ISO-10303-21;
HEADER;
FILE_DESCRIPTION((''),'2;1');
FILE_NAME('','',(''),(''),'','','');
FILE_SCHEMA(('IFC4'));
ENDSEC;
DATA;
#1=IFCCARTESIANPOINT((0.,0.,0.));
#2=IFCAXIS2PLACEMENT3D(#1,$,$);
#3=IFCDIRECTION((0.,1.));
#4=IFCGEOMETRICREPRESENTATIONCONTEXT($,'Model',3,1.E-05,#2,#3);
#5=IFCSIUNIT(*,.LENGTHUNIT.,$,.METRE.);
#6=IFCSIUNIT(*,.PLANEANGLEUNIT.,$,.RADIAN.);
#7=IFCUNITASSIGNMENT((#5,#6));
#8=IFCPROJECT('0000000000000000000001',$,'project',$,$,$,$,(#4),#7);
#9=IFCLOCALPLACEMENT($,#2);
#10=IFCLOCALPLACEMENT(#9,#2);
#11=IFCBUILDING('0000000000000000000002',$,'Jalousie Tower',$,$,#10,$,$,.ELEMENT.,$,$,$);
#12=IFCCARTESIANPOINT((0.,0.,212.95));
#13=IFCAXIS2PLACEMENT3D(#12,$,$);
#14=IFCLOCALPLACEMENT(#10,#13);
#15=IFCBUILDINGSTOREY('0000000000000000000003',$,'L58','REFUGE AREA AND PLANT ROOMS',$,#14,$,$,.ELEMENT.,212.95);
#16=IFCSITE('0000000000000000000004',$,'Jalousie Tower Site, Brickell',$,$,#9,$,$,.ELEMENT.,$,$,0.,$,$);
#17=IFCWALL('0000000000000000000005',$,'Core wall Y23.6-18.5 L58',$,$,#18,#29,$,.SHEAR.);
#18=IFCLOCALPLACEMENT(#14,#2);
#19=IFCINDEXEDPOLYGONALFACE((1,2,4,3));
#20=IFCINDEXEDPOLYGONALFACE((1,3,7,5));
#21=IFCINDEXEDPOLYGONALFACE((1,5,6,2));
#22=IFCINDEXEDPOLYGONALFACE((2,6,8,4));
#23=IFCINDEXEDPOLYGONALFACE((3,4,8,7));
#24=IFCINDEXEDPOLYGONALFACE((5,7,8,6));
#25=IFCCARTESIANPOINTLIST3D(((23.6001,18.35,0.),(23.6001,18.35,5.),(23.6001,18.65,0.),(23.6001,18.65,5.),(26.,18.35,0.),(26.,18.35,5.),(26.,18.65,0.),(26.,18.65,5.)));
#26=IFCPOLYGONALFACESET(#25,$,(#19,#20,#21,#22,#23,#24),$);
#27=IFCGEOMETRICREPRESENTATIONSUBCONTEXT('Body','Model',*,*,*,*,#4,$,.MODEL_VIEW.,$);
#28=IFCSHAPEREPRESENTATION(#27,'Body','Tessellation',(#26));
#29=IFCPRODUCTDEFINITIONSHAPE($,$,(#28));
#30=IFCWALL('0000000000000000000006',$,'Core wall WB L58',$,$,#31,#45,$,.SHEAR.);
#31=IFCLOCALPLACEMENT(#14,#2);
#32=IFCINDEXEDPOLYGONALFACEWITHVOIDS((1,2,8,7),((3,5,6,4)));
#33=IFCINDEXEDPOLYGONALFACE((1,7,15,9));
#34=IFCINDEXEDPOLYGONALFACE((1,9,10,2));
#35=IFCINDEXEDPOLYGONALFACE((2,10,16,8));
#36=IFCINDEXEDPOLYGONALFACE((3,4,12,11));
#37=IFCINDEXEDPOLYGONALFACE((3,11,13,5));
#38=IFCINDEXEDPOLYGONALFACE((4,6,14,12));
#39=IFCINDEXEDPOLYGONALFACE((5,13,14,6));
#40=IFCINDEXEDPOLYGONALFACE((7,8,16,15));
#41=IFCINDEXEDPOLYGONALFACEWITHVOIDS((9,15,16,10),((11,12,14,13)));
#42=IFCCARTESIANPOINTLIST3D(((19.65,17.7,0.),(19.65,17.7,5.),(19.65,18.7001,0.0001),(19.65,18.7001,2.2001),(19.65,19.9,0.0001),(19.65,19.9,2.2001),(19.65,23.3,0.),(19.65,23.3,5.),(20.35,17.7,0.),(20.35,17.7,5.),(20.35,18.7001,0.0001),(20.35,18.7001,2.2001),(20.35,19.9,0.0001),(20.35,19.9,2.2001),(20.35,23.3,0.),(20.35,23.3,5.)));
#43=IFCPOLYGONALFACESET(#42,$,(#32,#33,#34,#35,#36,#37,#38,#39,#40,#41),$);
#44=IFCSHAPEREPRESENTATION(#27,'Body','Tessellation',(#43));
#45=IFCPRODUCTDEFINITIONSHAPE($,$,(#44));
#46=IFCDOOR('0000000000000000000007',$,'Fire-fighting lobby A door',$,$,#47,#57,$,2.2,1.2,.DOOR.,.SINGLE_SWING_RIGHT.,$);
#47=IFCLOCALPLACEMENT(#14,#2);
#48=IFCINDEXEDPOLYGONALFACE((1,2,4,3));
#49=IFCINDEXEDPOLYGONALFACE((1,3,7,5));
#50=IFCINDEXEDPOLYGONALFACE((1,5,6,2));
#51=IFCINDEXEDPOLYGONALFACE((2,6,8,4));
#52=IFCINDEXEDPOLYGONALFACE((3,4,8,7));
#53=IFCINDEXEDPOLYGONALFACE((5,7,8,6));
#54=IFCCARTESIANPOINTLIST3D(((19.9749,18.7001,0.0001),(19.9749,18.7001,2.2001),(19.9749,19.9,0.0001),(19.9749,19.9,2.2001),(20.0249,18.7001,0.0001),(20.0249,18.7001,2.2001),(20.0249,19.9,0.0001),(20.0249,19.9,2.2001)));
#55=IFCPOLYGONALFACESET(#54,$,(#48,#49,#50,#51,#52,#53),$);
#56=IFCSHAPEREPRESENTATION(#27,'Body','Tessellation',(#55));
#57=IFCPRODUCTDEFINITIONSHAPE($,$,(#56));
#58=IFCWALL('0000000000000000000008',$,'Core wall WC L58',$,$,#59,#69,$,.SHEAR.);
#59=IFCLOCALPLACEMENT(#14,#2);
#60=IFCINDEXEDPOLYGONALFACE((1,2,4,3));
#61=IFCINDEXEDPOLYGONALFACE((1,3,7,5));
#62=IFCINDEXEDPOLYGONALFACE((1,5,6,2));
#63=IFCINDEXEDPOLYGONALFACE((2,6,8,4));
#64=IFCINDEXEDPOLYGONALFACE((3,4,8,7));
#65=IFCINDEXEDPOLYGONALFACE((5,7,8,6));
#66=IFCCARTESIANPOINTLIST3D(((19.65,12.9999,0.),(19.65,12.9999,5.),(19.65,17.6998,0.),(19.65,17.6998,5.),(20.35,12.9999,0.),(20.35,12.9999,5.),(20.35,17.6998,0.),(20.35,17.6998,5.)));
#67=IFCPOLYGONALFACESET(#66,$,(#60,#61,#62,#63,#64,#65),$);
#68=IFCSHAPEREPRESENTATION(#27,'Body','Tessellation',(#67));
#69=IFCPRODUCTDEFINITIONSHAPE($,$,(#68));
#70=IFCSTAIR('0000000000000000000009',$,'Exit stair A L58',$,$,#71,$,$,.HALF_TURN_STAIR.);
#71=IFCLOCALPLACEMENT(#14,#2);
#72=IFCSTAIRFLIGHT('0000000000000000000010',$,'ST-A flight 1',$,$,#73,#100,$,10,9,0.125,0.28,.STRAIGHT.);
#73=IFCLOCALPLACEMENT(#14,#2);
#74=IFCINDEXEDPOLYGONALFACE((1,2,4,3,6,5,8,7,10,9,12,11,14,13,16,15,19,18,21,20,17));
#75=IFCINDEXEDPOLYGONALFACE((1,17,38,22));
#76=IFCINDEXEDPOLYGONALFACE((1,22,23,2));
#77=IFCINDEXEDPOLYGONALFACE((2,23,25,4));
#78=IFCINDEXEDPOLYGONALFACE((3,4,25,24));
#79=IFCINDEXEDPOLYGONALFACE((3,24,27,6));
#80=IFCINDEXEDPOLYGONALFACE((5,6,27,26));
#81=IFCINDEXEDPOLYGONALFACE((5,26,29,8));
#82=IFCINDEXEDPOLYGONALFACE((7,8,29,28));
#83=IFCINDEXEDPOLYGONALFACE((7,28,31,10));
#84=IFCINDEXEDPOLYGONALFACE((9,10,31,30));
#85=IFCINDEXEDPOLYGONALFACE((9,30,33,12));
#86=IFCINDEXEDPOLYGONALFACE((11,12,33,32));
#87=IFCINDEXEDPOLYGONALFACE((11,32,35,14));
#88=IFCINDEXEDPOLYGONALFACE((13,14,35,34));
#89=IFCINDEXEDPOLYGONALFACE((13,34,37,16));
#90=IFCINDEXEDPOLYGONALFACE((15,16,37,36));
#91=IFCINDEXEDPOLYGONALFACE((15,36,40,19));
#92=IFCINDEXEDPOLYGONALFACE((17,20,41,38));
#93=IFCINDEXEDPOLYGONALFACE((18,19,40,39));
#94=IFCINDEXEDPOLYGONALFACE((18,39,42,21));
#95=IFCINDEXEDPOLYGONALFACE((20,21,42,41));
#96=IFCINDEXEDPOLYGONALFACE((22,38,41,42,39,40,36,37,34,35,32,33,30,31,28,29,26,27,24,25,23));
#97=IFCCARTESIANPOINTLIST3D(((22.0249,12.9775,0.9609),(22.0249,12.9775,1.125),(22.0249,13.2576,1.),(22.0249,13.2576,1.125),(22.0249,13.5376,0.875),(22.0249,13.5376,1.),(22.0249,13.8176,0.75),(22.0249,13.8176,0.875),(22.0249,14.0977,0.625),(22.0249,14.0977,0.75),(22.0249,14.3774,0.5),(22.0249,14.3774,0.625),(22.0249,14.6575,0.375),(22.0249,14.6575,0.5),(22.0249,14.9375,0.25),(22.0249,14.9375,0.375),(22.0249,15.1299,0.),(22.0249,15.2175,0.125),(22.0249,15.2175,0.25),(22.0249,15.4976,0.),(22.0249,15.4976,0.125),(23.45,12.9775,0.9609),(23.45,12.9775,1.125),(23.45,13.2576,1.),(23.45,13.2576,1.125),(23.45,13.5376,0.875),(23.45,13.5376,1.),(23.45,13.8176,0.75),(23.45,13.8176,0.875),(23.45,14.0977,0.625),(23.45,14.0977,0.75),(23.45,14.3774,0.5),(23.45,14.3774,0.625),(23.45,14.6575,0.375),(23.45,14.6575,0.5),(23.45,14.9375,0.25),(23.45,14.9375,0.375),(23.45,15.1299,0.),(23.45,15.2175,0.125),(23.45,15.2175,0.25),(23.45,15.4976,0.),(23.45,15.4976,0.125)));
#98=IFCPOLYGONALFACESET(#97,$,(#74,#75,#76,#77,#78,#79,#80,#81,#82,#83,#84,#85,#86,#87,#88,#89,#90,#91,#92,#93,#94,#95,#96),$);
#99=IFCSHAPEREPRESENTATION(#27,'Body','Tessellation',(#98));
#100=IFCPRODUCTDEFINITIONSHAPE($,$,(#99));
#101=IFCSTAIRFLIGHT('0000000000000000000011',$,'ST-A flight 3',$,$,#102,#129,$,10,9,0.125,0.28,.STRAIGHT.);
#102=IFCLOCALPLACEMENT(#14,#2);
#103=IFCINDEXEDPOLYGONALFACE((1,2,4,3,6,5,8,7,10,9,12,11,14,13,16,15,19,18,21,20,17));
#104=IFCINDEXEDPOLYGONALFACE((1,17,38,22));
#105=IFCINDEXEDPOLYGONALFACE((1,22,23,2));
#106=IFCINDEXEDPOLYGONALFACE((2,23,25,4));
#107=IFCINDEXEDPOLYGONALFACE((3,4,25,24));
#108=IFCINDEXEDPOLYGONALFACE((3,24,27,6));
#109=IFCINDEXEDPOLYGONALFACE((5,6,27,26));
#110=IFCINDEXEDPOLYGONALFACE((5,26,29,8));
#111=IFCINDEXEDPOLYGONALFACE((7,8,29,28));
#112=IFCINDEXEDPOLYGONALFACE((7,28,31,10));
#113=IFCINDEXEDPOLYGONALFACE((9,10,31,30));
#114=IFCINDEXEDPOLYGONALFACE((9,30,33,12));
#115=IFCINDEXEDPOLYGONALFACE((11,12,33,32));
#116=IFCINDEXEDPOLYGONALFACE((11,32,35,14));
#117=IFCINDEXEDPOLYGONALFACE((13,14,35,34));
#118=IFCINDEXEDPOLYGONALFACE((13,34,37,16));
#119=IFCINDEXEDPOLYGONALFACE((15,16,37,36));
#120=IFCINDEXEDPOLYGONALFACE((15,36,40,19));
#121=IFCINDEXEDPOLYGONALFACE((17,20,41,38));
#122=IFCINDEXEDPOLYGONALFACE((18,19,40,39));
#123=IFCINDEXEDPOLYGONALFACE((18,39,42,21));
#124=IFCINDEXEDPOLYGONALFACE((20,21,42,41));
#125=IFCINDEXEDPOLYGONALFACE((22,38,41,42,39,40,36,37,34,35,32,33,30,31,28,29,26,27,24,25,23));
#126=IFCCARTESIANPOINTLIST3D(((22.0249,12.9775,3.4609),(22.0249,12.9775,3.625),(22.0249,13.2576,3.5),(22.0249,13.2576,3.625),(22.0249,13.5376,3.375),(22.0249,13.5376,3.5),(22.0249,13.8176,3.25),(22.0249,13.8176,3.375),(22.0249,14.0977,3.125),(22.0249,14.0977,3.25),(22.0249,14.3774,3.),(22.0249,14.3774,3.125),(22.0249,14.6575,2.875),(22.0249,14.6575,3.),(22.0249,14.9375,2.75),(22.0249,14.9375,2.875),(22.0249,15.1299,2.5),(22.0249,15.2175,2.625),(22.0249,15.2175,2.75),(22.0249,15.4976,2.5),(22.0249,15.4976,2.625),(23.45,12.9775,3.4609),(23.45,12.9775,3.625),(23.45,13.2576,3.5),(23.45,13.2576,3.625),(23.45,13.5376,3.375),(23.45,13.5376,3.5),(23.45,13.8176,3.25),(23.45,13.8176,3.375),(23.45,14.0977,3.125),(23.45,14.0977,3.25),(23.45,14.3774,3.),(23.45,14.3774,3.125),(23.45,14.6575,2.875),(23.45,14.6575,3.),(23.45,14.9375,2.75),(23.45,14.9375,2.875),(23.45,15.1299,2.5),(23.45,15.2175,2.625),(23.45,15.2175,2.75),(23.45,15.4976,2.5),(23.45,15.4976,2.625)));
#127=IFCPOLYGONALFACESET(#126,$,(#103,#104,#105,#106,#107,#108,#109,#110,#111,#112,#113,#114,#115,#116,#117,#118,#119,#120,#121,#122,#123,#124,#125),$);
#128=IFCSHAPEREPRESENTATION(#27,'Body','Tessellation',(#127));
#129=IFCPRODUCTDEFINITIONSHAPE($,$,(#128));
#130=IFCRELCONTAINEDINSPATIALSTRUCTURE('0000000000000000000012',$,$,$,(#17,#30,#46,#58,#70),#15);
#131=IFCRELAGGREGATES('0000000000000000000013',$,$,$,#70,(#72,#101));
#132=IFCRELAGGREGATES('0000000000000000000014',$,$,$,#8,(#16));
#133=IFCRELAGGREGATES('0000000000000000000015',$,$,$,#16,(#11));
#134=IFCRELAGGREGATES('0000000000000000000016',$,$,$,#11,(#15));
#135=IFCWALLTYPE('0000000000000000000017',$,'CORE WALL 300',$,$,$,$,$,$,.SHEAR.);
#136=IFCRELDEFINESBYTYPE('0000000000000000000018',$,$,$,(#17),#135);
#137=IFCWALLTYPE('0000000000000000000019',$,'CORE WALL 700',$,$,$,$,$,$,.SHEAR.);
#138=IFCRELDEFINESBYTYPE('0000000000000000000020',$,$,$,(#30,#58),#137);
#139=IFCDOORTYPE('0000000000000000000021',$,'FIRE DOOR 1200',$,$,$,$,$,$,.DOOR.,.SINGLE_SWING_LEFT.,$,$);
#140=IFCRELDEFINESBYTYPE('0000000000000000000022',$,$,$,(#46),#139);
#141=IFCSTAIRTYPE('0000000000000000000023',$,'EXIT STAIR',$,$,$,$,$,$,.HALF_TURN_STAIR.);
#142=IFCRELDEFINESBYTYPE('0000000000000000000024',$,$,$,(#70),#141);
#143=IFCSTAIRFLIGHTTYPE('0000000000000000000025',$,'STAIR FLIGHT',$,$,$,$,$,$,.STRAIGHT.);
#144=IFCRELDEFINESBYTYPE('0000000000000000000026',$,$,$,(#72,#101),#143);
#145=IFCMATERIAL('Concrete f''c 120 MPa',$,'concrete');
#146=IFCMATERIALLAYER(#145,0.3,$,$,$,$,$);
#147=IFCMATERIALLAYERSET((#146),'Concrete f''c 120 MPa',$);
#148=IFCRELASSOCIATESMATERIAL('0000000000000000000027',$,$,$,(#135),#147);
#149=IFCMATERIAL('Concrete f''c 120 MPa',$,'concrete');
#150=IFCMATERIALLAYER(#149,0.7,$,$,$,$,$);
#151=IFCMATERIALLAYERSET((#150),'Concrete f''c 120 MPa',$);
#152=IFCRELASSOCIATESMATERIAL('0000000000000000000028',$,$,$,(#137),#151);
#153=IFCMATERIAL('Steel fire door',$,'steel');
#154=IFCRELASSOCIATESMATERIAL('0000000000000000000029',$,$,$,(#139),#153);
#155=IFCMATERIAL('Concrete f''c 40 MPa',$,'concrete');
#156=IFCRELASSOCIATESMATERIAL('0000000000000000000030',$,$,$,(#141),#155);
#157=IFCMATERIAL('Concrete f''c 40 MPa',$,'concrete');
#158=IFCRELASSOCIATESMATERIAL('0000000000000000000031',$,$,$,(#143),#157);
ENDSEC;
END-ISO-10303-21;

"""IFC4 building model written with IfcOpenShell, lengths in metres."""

from ifc_helpers import new_model, si_unit, direction, frame, frame_2d, origin, place, context, subcontext, project, spatial, polyline, rectangle, outline, extrude, material, layer, layer_set, type_object, element, fill, aggregate, save


model = new_model("IFC4")

# Units and contexts
model_context = context("Model", 3, precision=1e-05, world=origin(), true_north=direction((0.0, 1.0)))
body_context = subcontext(model_context, "Body", "Model", "MODEL_VIEW")
ifc_project = project(units=[si_unit("LENGTHUNIT", "METRE"), si_unit("PLANEANGLEUNIT", "RADIAN")], contexts=[model_context])

# Site, building, storey
site_placement = place(None, origin())
site = spatial("IfcSite", under=ifc_project, at=site_placement, Name="Jalousie Tower Site, Brickell", CompositionType="ELEMENT", RefElevation=0.0)
building_placement = place(site_placement, origin())
building = spatial("IfcBuilding", under=site, at=building_placement, Name="Jalousie Tower", CompositionType="ELEMENT")
storey_placement = place(building_placement, frame((0.0, 0.0, 212.95)))
storey = spatial("IfcBuildingStorey", under=building, at=storey_placement, Name="L58", Description="REFUGE AREA AND PLANT ROOMS", CompositionType="ELEMENT", Elevation=212.95)

# Shared definitions
ifc_material_1 = material(Name="Concrete f'c 120 MPa", Category="concrete")
ifc_layer_1 = layer(ifc_material_1, 0.3)
ifc_layer_set_1 = layer_set([ifc_layer_1], Name="Concrete f'c 120 MPa")
wall_type_1 = type_object("IfcWallType", Name="CORE WALL 300", PredefinedType="SHEAR", material=ifc_layer_set_1)

# Wall
wall_1_placement = place(storey_placement, frame((23.6001, 18.5, 0.0), z_axis=(0.0, 0.0, 1.0), x_axis=(1.0, 0.0, 0.0)))
element("IfcWall", 1, at=wall_1_placement, inside=storey, type_object=wall_type_1, Name="Core wall Y23.6-18.5 L58", PredefinedType="SHEAR", context=body_context, shape_type="SweptSolid", body=[
    extrude(rectangle(XDim=2.3999, YDim=0.3, at=frame_2d((1.2, 0.0))), origin(), (0.0, 0.0, 1.0), 5.0),
])

# Wall, opening, door
ifc_material_2 = material(Name="Concrete f'c 120 MPa", Category="concrete")
ifc_layer_2 = layer(ifc_material_2, 0.7)
ifc_layer_set_2 = layer_set([ifc_layer_2], Name="Concrete f'c 120 MPa")
wall_type_2 = type_object("IfcWallType", Name="CORE WALL 700", PredefinedType="SHEAR", material=ifc_layer_set_2)
wall_2_placement = place(storey_placement, frame((20.0, 23.3, 0.0), z_axis=(0.0, 0.0, 1.0), x_axis=(0.0, -1.0, 0.0)))
wall_2 = element("IfcWall", 2, at=wall_2_placement, inside=storey, type_object=wall_type_2, Name="Core wall WB L58", PredefinedType="SHEAR", context=body_context, shape_type="SweptSolid", body=[
    extrude(rectangle(XDim=5.6001, YDim=0.7, at=frame_2d((2.8, 0.0))), origin(), (0.0, 0.0, 1.0), 5.0),
])
opening_1_placement = place(wall_2_placement, frame((3.3999, 0.0, 0.0)))
opening_1 = element("IfcOpeningElement", 3, at=opening_1_placement, cuts=wall_2, PredefinedType="OPENING", context=body_context, shape_type="SweptSolid", body=[
    extrude(rectangle(XDim=1.2, YDim=2.2, at=frame_2d((0.6001, 1.1001))), frame((0.0, 0.3599, 0.0), z_axis=(0.0, -1.0, 0.0), x_axis=(1.0, 0.0, 0.0)), (0.0, 0.0, 1.0), 0.72),
])
ifc_material_3 = material(Name="Steel fire door", Category="steel")
door_type_1 = type_object("IfcDoorType", Name="FIRE DOOR 1200", OperationType="SINGLE_SWING_LEFT", PredefinedType="DOOR", material=ifc_material_3)
door_1_placement = place(opening_1_placement, origin())
door_1 = element("IfcDoor", 4, at=door_1_placement, inside=storey, type_object=door_type_1, Name="Fire-fighting lobby A door", OperationType="SINGLE_SWING_RIGHT", OverallHeight=2.2, OverallWidth=1.2, PredefinedType="DOOR", context=body_context, shape_type="SweptSolid", body=[
    extrude(rectangle(XDim=1.2, YDim=2.2, at=frame_2d((0.6001, 1.1001))), frame((0.0, 0.0249, 0.0), z_axis=(0.0, -1.0, 0.0), x_axis=(1.0, 0.0, 0.0)), (0.0, 0.0, 1.0), 0.05),
])
fill(opening_1, door_1)

# Wall
wall_3_placement = place(storey_placement, frame((20.0, 17.7, 0.0), z_axis=(0.0, 0.0, 1.0), x_axis=(0.0, -1.0, 0.0)))
element("IfcWall", 5, at=wall_3_placement, inside=storey, type_object=wall_type_2, Name="Core wall WC L58", PredefinedType="SHEAR", context=body_context, shape_type="SweptSolid", body=[
    extrude(rectangle(XDim=4.7, YDim=0.7, at=frame_2d((2.3501, 0.0))), origin(), (0.0, 0.0, 1.0), 5.0),
])

# Stair, stair flights
ifc_material_4 = material(Name="Concrete f'c 40 MPa", Category="concrete")
stair_type = type_object("IfcStairType", Name="EXIT STAIR", PredefinedType="HALF_TURN_STAIR", material=ifc_material_4)
stair_placement = place(storey_placement, origin())
stair = element("IfcStair", 6, at=stair_placement, inside=storey, type_object=stair_type, Name="Exit stair A L58", PredefinedType="HALF_TURN_STAIR")
ifc_material_5 = material(Name="Concrete f'c 40 MPa", Category="concrete")
stair_flight_type = type_object("IfcStairFlightType", Name="STAIR FLIGHT", PredefinedType="STRAIGHT", material=ifc_material_5)
stair_flight_1_placement = place(storey_placement, frame((22.7375, 15.4976, 0.0), z_axis=(0.0, 0.0, 1.0), x_axis=(0.0, -1.0, 0.0)))
stair_flight_1 = element("IfcStairFlight", 7, at=stair_flight_1_placement, type_object=stair_flight_type, Name="ST-A flight 1", NumberOfRisers=10, NumberOfTreads=9, PredefinedType="STRAIGHT", RiserHeight=0.125, TreadLength=0.28, context=body_context, shape_type="SweptSolid", body=[
    extrude(outline(polyline([(0.0, 0.0), (0.0, 0.125), (0.28, 0.125), (0.28, 0.25), (0.5601, 0.25), (0.5601, 0.375), (0.8401, 0.375), (0.8401, 0.5), (1.1201, 0.5), (1.1201, 0.625), (1.3999, 0.625), (1.3999, 0.75), (1.6799, 0.75), (1.6799, 0.875), (1.96, 0.875), (1.96, 1.0), (2.24, 1.0), (2.24, 1.125), (2.52, 1.125), (2.52, 1.25), (2.52, 0.9609), (0.3677, 0.0), (0.0, 0.0)])), frame((0.0, 0.7124, 0.0), z_axis=(0.0, -1.0, 0.0), x_axis=(1.0, 0.0, 0.0)), (0.0, 0.0, 1.0), 1.425),
])
stair_flight_2_placement = place(storey_placement, frame((22.7375, 15.4976, 2.5), z_axis=(0.0, 0.0, 1.0), x_axis=(0.0, -1.0, 0.0)))
stair_flight_2 = element("IfcStairFlight", 8, at=stair_flight_2_placement, type_object=stair_flight_type, Name="ST-A flight 3", NumberOfRisers=10, NumberOfTreads=9, PredefinedType="STRAIGHT", RiserHeight=0.125, TreadLength=0.28, context=body_context, shape_type="SweptSolid", body=[
    extrude(outline(polyline([(0.0, 0.0), (0.0, 0.125), (0.28, 0.125), (0.28, 0.25), (0.5601, 0.25), (0.5601, 0.375), (0.8401, 0.375), (0.8401, 0.5), (1.1201, 0.5), (1.1201, 0.625), (1.3999, 0.625), (1.3999, 0.75), (1.6799, 0.75), (1.6799, 0.875), (1.96, 0.875), (1.96, 1.0), (2.24, 1.0), (2.24, 1.125), (2.52, 1.125), (2.52, 1.25), (2.52, 0.9609), (0.3677, 0.0), (0.0, 0.0)])), frame((0.0, 0.7124, 0.0), z_axis=(0.0, -1.0, 0.0), x_axis=(1.0, 0.0, 0.0)), (0.0, 0.0, 1.0), 1.425),
])
aggregate(stair, [stair_flight_1, stair_flight_2])

save(model, "model.ifc")
